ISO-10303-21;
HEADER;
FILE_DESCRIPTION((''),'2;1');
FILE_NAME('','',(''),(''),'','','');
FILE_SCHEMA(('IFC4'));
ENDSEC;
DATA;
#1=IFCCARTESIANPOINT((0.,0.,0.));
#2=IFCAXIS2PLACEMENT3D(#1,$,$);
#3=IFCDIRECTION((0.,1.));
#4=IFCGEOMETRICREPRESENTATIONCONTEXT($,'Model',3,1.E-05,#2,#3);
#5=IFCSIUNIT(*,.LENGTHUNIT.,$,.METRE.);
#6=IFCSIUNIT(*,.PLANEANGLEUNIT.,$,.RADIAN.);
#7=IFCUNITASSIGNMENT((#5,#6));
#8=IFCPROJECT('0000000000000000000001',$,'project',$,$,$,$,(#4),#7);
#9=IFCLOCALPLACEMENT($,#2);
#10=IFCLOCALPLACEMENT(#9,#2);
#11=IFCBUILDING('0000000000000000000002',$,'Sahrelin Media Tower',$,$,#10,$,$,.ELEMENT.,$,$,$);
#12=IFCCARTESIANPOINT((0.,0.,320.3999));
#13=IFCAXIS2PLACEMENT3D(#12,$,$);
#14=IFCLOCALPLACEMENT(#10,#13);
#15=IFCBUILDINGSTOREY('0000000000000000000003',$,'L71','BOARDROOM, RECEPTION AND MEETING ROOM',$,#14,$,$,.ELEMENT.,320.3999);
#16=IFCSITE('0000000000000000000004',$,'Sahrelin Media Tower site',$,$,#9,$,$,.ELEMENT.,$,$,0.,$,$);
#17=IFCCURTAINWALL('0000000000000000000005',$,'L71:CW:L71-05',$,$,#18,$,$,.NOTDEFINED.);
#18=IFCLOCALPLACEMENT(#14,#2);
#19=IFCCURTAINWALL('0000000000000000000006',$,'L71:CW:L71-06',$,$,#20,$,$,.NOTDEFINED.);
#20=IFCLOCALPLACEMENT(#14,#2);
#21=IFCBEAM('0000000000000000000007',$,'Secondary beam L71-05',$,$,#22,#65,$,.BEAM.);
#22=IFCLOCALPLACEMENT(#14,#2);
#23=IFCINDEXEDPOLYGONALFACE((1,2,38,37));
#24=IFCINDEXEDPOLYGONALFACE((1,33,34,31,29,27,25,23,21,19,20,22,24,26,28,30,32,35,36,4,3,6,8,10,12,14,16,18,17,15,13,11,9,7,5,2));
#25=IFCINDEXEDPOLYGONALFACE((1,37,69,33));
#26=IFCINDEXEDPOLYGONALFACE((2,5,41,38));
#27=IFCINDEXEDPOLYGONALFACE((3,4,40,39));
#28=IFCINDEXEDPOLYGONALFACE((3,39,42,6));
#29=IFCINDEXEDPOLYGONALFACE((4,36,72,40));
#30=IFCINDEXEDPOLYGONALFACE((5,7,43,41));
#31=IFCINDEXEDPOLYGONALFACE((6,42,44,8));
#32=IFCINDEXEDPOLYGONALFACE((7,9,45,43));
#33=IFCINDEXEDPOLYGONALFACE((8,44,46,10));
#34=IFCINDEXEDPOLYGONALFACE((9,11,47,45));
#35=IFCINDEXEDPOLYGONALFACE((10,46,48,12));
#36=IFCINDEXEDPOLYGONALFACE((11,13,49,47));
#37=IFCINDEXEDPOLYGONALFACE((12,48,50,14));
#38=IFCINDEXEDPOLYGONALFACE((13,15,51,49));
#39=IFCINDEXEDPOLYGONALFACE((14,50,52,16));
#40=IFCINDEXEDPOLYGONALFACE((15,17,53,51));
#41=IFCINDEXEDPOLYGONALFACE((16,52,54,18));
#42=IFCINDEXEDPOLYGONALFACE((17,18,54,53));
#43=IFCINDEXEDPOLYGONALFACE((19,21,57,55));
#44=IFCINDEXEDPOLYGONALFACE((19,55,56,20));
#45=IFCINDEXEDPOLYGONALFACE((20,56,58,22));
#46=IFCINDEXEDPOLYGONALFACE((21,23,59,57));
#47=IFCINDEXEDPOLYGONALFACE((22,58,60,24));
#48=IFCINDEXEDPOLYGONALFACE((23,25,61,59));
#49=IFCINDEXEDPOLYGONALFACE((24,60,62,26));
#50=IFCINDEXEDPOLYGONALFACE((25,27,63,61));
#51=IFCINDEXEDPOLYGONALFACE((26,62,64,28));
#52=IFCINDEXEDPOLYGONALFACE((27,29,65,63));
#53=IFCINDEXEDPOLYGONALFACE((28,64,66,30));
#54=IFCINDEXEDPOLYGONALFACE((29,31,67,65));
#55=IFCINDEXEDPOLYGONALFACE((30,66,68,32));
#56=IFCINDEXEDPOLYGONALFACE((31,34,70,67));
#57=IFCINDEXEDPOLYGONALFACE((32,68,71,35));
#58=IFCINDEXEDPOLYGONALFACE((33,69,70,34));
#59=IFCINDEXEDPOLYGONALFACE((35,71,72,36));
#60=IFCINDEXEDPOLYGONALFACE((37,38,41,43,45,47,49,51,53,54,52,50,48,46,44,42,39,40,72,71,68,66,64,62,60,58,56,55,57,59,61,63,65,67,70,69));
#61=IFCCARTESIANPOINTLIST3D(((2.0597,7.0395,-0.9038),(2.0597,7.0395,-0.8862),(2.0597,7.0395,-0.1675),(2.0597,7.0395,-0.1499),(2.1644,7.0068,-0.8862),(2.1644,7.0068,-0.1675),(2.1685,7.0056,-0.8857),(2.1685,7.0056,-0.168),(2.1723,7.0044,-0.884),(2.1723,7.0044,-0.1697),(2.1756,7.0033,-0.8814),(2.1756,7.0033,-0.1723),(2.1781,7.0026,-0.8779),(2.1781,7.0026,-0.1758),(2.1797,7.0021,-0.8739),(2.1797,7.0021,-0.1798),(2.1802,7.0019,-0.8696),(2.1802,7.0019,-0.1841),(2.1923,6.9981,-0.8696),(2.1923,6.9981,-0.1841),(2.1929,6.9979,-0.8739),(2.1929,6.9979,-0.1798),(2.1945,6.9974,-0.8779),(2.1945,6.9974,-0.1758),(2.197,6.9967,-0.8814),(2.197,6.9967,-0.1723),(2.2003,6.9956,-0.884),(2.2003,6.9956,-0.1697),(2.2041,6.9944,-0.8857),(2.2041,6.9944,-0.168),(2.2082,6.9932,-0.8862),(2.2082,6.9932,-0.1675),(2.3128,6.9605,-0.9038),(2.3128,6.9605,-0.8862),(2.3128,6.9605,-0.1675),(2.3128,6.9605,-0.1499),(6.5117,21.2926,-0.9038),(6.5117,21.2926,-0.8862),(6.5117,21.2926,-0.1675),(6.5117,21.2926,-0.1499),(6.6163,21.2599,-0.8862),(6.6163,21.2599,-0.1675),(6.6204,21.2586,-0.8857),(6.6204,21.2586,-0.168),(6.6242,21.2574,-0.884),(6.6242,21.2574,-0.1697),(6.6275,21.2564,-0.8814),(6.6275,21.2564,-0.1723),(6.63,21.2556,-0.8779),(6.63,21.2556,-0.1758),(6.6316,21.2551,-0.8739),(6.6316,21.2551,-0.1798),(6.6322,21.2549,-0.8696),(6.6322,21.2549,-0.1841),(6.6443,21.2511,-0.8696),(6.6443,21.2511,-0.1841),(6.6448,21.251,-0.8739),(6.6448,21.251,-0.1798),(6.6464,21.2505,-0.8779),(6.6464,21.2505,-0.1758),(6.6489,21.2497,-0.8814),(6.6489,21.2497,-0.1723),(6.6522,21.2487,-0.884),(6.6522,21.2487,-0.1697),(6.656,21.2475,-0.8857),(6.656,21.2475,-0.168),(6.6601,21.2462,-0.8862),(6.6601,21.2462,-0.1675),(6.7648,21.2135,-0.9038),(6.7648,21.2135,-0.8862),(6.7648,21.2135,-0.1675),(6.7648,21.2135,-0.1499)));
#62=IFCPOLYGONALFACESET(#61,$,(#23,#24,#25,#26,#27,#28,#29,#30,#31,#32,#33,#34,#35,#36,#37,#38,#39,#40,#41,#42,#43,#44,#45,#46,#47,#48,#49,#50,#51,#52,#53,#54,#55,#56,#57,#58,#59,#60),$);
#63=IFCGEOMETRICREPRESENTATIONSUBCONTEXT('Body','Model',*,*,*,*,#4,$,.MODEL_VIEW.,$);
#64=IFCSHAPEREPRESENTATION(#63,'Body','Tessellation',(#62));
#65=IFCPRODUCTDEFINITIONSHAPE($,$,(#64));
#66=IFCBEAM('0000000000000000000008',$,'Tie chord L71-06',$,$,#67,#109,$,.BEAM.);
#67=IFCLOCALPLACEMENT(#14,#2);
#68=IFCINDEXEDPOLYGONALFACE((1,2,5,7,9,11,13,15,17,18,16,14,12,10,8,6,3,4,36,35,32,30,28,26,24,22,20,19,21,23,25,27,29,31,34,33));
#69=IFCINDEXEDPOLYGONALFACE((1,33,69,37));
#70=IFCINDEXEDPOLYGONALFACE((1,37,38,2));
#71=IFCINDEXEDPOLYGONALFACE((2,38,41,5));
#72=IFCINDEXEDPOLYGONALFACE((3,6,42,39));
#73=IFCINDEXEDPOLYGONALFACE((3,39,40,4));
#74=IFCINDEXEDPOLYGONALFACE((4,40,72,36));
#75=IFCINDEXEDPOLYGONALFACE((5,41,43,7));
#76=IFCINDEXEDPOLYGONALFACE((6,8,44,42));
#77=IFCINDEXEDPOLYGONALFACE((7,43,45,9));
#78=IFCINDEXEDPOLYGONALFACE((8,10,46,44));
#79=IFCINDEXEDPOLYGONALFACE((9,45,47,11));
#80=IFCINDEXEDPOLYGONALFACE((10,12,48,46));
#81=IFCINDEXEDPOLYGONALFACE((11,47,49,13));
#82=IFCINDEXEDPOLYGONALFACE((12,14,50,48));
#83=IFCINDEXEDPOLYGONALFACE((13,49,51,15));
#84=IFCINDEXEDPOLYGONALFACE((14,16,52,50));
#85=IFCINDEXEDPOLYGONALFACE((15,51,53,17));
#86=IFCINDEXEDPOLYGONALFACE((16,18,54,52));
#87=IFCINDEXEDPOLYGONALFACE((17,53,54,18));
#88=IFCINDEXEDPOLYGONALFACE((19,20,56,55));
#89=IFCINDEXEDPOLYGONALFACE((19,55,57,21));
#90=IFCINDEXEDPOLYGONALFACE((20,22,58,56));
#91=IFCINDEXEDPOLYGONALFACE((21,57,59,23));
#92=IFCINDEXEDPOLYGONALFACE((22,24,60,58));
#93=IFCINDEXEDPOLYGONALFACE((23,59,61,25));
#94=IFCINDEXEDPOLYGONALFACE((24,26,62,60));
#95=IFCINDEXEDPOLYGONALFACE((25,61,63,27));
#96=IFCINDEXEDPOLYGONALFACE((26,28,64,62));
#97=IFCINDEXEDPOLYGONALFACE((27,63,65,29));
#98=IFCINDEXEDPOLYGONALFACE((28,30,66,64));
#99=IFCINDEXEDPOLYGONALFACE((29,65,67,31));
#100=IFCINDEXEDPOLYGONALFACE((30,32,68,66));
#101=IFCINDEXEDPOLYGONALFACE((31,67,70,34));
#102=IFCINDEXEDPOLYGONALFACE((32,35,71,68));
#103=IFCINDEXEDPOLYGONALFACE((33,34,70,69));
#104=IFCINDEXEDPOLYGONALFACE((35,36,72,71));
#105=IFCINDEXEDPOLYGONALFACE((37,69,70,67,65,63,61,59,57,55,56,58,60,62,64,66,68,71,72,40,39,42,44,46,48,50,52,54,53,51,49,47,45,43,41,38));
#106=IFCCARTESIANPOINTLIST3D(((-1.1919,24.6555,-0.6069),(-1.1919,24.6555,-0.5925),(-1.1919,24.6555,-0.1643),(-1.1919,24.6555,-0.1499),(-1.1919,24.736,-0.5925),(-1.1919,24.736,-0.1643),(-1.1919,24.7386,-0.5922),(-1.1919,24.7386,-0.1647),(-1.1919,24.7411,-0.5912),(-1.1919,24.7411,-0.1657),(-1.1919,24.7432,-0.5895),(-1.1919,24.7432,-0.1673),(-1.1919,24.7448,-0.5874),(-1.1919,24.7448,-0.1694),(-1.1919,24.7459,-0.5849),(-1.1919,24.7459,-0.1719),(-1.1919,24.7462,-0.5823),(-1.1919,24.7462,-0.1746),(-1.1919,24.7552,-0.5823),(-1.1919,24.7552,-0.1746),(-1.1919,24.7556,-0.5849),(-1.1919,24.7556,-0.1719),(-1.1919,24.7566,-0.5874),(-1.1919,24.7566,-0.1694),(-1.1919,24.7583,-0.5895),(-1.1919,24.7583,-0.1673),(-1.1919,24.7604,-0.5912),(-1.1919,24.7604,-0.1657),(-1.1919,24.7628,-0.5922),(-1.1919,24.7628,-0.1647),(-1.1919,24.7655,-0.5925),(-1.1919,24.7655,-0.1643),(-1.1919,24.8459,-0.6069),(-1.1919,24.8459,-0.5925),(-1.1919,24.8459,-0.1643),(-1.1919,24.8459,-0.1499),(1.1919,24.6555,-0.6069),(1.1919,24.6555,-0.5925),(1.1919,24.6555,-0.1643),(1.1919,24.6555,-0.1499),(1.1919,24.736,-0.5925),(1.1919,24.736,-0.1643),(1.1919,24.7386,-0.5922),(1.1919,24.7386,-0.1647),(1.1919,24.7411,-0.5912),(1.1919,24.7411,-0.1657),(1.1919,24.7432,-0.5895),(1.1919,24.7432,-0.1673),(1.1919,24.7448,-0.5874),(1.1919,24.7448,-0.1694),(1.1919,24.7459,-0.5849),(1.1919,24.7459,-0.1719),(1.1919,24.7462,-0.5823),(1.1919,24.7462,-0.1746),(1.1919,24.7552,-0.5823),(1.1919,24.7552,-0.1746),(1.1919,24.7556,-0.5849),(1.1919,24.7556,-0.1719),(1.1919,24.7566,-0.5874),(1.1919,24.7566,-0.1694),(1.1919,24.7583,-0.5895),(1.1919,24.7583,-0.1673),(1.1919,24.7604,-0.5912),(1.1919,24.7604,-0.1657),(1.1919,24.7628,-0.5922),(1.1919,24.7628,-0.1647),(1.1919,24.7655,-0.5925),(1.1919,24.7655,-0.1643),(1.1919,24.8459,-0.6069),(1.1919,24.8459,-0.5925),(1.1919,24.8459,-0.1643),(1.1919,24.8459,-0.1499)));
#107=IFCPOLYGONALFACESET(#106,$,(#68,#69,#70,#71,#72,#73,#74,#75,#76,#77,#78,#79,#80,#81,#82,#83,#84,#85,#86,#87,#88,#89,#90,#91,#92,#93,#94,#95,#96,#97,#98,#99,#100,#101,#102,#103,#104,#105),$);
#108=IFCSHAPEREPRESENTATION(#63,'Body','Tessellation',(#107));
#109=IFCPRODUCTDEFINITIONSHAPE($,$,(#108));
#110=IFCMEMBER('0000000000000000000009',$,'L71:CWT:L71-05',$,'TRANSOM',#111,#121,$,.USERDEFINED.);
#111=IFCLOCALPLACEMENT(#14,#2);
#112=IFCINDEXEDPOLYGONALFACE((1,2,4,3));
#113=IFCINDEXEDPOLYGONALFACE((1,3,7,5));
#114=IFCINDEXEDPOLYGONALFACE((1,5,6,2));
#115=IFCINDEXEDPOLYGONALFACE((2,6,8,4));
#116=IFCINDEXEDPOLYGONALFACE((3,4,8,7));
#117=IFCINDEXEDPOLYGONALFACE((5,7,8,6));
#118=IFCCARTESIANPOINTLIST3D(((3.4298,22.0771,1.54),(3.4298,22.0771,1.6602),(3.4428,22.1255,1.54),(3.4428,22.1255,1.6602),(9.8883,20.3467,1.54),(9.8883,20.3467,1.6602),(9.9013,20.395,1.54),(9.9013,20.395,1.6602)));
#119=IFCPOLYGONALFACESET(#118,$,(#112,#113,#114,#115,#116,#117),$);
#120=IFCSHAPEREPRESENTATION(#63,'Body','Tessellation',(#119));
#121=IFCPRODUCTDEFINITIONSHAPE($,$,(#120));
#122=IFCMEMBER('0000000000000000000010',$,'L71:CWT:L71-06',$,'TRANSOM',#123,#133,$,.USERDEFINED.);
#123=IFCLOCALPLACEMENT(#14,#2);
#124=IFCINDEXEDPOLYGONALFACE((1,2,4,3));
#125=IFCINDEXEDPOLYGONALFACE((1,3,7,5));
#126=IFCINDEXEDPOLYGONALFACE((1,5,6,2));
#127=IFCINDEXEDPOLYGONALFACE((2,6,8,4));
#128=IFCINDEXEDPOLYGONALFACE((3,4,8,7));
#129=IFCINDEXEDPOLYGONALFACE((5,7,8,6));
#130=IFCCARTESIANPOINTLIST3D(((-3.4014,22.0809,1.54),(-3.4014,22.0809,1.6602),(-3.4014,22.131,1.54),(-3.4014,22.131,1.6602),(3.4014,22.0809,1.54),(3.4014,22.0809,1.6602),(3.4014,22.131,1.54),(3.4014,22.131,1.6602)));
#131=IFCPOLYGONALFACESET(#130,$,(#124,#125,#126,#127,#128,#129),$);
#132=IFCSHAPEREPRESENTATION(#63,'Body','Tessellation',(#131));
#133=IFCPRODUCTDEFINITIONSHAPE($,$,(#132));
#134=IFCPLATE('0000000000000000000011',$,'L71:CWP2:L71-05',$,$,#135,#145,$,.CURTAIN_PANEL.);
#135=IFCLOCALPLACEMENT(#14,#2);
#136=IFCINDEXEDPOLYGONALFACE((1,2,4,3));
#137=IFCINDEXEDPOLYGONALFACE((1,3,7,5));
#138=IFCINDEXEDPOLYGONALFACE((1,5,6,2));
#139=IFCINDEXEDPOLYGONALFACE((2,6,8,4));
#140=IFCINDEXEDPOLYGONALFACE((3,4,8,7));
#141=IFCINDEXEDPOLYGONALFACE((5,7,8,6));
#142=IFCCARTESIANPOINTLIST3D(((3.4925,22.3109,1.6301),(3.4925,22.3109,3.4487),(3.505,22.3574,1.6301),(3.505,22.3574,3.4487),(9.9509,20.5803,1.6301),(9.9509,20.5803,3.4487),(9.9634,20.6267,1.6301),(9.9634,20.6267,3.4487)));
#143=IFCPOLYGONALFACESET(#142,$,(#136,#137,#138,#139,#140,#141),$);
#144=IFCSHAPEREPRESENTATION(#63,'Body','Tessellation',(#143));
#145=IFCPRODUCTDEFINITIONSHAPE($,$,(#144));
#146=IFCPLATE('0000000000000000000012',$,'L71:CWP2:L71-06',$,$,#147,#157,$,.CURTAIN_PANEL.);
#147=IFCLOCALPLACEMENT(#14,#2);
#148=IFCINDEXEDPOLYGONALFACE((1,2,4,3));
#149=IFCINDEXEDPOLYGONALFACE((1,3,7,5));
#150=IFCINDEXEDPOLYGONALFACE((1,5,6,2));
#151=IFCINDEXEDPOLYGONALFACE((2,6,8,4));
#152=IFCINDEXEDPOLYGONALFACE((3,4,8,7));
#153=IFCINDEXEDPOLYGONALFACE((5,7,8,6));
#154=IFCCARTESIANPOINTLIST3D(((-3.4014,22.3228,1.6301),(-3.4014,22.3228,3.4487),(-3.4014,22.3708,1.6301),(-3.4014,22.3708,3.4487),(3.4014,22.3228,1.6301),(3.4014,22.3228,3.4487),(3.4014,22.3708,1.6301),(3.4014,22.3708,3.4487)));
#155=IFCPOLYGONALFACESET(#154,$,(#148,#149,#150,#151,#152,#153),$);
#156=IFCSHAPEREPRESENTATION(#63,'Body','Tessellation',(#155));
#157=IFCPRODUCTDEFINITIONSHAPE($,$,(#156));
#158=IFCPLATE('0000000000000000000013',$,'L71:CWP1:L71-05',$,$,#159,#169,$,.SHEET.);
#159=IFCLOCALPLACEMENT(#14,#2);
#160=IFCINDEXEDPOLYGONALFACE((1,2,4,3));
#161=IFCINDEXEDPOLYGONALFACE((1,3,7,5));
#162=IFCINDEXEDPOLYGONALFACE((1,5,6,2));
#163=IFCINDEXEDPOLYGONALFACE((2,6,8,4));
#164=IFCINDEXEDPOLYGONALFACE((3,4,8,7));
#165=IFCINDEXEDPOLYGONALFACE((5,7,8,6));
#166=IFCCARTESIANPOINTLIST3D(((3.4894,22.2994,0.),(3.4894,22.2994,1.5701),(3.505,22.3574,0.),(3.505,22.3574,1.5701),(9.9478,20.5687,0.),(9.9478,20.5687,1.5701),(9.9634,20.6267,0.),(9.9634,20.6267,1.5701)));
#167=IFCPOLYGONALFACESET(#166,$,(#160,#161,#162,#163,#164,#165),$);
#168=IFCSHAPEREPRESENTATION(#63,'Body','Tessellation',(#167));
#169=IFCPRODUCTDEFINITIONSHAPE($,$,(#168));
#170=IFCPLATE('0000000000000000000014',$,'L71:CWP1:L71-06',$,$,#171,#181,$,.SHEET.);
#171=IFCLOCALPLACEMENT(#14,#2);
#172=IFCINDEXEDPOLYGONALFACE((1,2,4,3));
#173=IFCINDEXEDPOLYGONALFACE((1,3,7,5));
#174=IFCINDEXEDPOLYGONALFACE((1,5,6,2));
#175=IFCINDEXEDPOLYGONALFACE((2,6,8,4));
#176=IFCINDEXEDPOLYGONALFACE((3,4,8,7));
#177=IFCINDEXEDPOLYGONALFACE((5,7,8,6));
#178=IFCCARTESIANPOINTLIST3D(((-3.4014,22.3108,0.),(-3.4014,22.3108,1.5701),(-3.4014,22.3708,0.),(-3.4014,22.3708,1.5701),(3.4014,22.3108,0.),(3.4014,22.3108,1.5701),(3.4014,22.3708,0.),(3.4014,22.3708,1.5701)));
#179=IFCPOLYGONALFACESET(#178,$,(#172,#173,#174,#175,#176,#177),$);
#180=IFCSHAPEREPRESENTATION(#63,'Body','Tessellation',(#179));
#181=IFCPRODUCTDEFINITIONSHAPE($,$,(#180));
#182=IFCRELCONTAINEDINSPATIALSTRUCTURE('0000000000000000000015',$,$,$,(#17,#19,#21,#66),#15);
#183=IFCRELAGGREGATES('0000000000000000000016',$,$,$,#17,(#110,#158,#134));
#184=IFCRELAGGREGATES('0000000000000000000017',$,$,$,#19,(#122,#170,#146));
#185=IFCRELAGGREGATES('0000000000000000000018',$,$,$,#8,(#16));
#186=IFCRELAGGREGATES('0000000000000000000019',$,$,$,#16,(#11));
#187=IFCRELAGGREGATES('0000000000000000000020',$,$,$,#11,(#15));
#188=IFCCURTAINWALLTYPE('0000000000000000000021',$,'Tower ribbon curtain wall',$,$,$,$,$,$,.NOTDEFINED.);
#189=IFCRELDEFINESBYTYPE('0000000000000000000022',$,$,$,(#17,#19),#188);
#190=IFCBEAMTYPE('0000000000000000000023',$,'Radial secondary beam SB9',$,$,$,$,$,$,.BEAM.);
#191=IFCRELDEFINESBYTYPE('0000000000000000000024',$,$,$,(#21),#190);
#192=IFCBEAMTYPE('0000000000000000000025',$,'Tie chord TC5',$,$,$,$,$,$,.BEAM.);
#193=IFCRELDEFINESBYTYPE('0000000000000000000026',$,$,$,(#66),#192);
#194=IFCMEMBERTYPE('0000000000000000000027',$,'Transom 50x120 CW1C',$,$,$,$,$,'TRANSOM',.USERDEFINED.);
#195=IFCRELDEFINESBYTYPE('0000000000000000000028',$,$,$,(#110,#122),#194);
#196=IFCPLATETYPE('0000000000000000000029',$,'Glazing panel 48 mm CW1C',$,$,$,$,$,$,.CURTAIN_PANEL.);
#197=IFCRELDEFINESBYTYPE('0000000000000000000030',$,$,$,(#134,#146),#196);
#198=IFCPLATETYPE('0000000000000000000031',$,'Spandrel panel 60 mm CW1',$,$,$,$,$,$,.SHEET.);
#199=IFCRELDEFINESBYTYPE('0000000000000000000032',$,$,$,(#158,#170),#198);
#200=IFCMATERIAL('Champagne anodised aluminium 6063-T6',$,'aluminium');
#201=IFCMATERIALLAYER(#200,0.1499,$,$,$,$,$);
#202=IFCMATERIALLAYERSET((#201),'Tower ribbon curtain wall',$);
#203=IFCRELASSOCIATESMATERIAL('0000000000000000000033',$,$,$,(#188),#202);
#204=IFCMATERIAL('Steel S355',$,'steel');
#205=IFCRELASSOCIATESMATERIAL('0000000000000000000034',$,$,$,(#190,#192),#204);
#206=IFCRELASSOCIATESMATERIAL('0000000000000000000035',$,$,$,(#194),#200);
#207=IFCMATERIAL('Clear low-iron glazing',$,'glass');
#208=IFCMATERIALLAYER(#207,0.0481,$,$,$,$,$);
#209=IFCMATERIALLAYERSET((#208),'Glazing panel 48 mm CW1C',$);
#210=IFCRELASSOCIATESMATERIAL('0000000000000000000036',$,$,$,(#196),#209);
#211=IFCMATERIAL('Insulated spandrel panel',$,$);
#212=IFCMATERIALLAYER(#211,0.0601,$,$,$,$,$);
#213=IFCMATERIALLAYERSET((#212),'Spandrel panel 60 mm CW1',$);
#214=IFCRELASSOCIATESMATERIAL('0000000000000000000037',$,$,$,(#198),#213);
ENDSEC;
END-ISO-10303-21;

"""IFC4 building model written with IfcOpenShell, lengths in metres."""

from ifc_helpers import new_model, si_unit, direction, frame, origin, origin_2d, place, context, subcontext, project, spatial, polyline, rectangle, i_section, outline, extrude, material, layer, layer_set, material_profile, profile_set, type_object, element, aggregate, save


model = new_model("IFC4")

# Units and contexts
model_context = context("Model", 3, precision=1e-05, world=origin(), true_north=direction((0.0, 1.0)))
body_context = subcontext(model_context, "Body", "Model", "MODEL_VIEW")
ifc_project = project(units=[si_unit("LENGTHUNIT", "METRE"), si_unit("PLANEANGLEUNIT", "RADIAN")], contexts=[model_context])

# Site, building, storey
site_placement = place(None, origin())
site = spatial("IfcSite", under=ifc_project, at=site_placement, Name="Sahrelin Media Tower site", CompositionType="ELEMENT", RefElevation=0.0)
building_placement = place(site_placement, origin())
building = spatial("IfcBuilding", under=site, at=building_placement, Name="Sahrelin Media Tower", CompositionType="ELEMENT")
storey_placement = place(building_placement, frame((0.0, 0.0, 320.3999)))
storey = spatial("IfcBuildingStorey", under=building, at=storey_placement, Name="L71", Description="BOARDROOM, RECEPTION AND MEETING ROOM", CompositionType="ELEMENT", Elevation=320.3999)

# Shared definitions
ifc_material_1 = material(Name="Steel S355", Category="steel")

# Curtain walls
ifc_material_2 = material(Name="Champagne anodised aluminium 6063-T6", Category="aluminium")
ifc_layer_1 = layer(ifc_material_2, 0.1499)
ifc_layer_set_1 = layer_set([ifc_layer_1], Name="Tower ribbon curtain wall")
curtain_wall_type = type_object("IfcCurtainWallType", Name="Tower ribbon curtain wall", PredefinedType="NOTDEFINED", material=ifc_layer_set_1)
curtain_wall_1_placement = place(storey_placement, frame((6.729, 21.4727, 0.0), z_axis=(0.0, 0.0, 1.0), x_axis=(1.0, 0.0, 0.0)))
curtain_wall_1 = element("IfcCurtainWall", 1, at=curtain_wall_1_placement, inside=storey, type_object=curtain_wall_type, Name="L71:CW:L71-05", PredefinedType="NOTDEFINED")
placement_1 = place(storey_placement, frame((0.0, 22.3508, 0.0), z_axis=(0.0, 0.0, 1.0), x_axis=(1.0, 0.0, 0.0)))
curtain_wall_2 = element("IfcCurtainWall", 2, at=placement_1, inside=storey, type_object=curtain_wall_type, Name="L71:CW:L71-06", PredefinedType="NOTDEFINED")

# Beams
ifc_material_profile_1 = material_profile(ifc_material_1, i_section(OverallWidth=0.2651, OverallDepth=0.7539, WebThickness=0.0127, FlangeThickness=0.0176, FilletRadius=0.0166, at=origin_2d()), Name="UB 762x267x147")
ifc_profile_set_1 = profile_set([ifc_material_profile_1], Name="Steel S355")
beam_type_1 = type_object("IfcBeamType", Name="Radial secondary beam SB9", PredefinedType="BEAM", material=ifc_profile_set_1)
beam_1_placement = place(storey_placement, frame((2.1863, 7.0, -0.5269), z_axis=(0.298145, 0.954521, 0.0), x_axis=(-0.954521, 0.298145, 0.0)))
element("IfcBeam", 3, at=beam_1_placement, inside=storey, type_object=beam_type_1, Name="Secondary beam L71-05", PredefinedType="BEAM", context=body_context, shape_type="SweptSolid", body=[
    extrude(i_section(OverallWidth=0.2651, OverallDepth=0.7539, WebThickness=0.0127, FlangeThickness=0.0176, FilletRadius=0.0166, at=origin_2d()), origin(), (0.0, 0.0, 1.0), 14.9321),
])
ifc_material_profile_2 = material_profile(ifc_material_1, i_section(OverallWidth=0.1904, OverallDepth=0.457, WebThickness=0.009, FlangeThickness=0.0144, FilletRadius=0.0103, at=origin_2d()), Name="UB 457x191x74")
ifc_profile_set_2 = profile_set([ifc_material_profile_2], Name="Steel S355")
beam_type_2 = type_object("IfcBeamType", Name="Tie chord TC5", PredefinedType="BEAM", material=ifc_profile_set_2)
beam_2_placement = place(storey_placement, frame((1.1919, 24.7507, -0.3784), z_axis=(-1.0, 0.0, 0.0), x_axis=(0.0, -1.0, 0.0)))
element("IfcBeam", 4, at=beam_2_placement, inside=storey, type_object=beam_type_2, Name="Tie chord L71-06", PredefinedType="BEAM", context=body_context, shape_type="SweptSolid", body=[
    extrude(i_section(OverallWidth=0.1904, OverallDepth=0.457, WebThickness=0.009, FlangeThickness=0.0144, FilletRadius=0.0103, at=origin_2d()), origin(), (0.0, 0.0, 1.0), 2.3838),
])

# Members
ifc_material_profile_3 = material_profile(ifc_material_2, rectangle(XDim=0.05, YDim=0.1201, at=origin_2d()), Name="Transom 50x120")
ifc_profile_set_3 = profile_set([ifc_material_profile_3], Name="Champagne anodised aluminium 6063-T6")
member_type_1 = type_object("IfcMemberType", Name="Transom 50x120 CW1C", ElementType="TRANSOM", PredefinedType="USERDEFINED", material=ifc_profile_set_3)
member_1_placement = place(storey_placement, frame((9.8948, 20.3708, 1.6001), z_axis=(-0.965929, 0.258808, 0.0), x_axis=(-0.258808, -0.965929, 0.0)))
member_1 = element("IfcMember", 5, at=member_1_placement, type_object=member_type_1, Name="L71:CWT:L71-05", ObjectType="TRANSOM", PredefinedType="USERDEFINED", context=body_context, shape_type="SweptSolid", body=[
    extrude(rectangle(XDim=0.05, YDim=0.1201, at=origin_2d()), origin(), (0.0, 0.0, 1.0), 6.6863),
])
member_2_placement = place(storey_placement, frame((3.4014, 22.106, 1.6001), z_axis=(-1.0, 0.0, 0.0), x_axis=(0.0, -1.0, 0.0)))
member_2 = element("IfcMember", 6, at=member_2_placement, type_object=member_type_1, Name="L71:CWT:L71-06", ObjectType="TRANSOM", PredefinedType="USERDEFINED", context=body_context, shape_type="SweptSolid", body=[
    extrude(rectangle(XDim=0.05, YDim=0.1201, at=origin_2d()), origin(), (0.0, 0.0, 1.0), 6.8027),
])

# Plates
ifc_material_3 = material(Name="Clear low-iron glazing", Category="glass")
ifc_layer_2 = layer(ifc_material_3, 0.0481)
ifc_layer_set_2 = layer_set([ifc_layer_2], Name="Glazing panel 48 mm CW1C")
plate_type_1 = type_object("IfcPlateType", Name="Glazing panel 48 mm CW1C", PredefinedType="CURTAIN_PANEL", material=ifc_layer_set_2)
plate_1_placement = place(storey_placement, frame((9.9634, 20.6267, 1.6301), z_axis=(0.258842, 0.96592, 0.0), x_axis=(-0.96592, 0.258842, 0.0)))
plate_1 = element("IfcPlate", 7, at=plate_1_placement, type_object=plate_type_1, Name="L71:CWP2:L71-05", PredefinedType="CURTAIN_PANEL", context=body_context, shape_type="SweptSolid", body=[
    extrude(outline(polyline([(0.0, 0.0), (6.6863, 0.0), (6.6863, 1.8186), (0.0, 1.8186), (0.0, 0.0)])), origin(), (0.0, 0.0, -1.0), 0.0481),
])
plate_2_placement = place(storey_placement, frame((3.4014, 22.3708, 1.6301), z_axis=(0.0, 1.0, 0.0), x_axis=(-1.0, 0.0, 0.0)))
plate_2 = element("IfcPlate", 8, at=plate_2_placement, type_object=plate_type_1, Name="L71:CWP2:L71-06", PredefinedType="CURTAIN_PANEL", context=body_context, shape_type="SweptSolid", body=[
    extrude(outline(polyline([(0.0, 0.0), (6.8027, 0.0), (6.8027, 1.8186), (0.0, 1.8186), (0.0, 0.0)])), origin(), (0.0, 0.0, -1.0), 0.0481),
])
ifc_material_4 = material(Name="Insulated spandrel panel")
ifc_layer_3 = layer(ifc_material_4, 0.0601)
ifc_layer_set_3 = layer_set([ifc_layer_3], Name="Spandrel panel 60 mm CW1")
plate_type_2 = type_object("IfcPlateType", Name="Spandrel panel 60 mm CW1", PredefinedType="SHEET", material=ifc_layer_set_3)
plate_3_placement = place(storey_placement, frame((9.9634, 20.6267, 0.0), z_axis=(0.258842, 0.96592, 0.0), x_axis=(-0.96592, 0.258842, 0.0)))
plate_3 = element("IfcPlate", 9, at=plate_3_placement, type_object=plate_type_2, Name="L71:CWP1:L71-05", PredefinedType="SHEET", context=body_context, shape_type="SweptSolid", body=[
    extrude(outline(polyline([(0.0, 0.0), (6.6863, 0.0), (6.6863, 1.5701), (0.0, 1.5701), (0.0, 0.0)])), origin(), (0.0, 0.0, -1.0), 0.0601),
])
aggregate(curtain_wall_1, [member_1, plate_3, plate_1])
plate_4_placement = place(storey_placement, frame((3.4014, 22.3708, 0.0), z_axis=(0.0, 1.0, 0.0), x_axis=(-1.0, 0.0, 0.0)))
plate_4 = element("IfcPlate", 10, at=plate_4_placement, type_object=plate_type_2, Name="L71:CWP1:L71-06", PredefinedType="SHEET", context=body_context, shape_type="SweptSolid", body=[
    extrude(outline(polyline([(0.0, 0.0), (6.8027, 0.0), (6.8027, 1.5701), (0.0, 1.5701), (0.0, 0.0)])), origin(), (0.0, 0.0, -1.0), 0.0601),
])
aggregate(curtain_wall_2, [member_2, plate_4, plate_2])

save(model, "model.ifc")
